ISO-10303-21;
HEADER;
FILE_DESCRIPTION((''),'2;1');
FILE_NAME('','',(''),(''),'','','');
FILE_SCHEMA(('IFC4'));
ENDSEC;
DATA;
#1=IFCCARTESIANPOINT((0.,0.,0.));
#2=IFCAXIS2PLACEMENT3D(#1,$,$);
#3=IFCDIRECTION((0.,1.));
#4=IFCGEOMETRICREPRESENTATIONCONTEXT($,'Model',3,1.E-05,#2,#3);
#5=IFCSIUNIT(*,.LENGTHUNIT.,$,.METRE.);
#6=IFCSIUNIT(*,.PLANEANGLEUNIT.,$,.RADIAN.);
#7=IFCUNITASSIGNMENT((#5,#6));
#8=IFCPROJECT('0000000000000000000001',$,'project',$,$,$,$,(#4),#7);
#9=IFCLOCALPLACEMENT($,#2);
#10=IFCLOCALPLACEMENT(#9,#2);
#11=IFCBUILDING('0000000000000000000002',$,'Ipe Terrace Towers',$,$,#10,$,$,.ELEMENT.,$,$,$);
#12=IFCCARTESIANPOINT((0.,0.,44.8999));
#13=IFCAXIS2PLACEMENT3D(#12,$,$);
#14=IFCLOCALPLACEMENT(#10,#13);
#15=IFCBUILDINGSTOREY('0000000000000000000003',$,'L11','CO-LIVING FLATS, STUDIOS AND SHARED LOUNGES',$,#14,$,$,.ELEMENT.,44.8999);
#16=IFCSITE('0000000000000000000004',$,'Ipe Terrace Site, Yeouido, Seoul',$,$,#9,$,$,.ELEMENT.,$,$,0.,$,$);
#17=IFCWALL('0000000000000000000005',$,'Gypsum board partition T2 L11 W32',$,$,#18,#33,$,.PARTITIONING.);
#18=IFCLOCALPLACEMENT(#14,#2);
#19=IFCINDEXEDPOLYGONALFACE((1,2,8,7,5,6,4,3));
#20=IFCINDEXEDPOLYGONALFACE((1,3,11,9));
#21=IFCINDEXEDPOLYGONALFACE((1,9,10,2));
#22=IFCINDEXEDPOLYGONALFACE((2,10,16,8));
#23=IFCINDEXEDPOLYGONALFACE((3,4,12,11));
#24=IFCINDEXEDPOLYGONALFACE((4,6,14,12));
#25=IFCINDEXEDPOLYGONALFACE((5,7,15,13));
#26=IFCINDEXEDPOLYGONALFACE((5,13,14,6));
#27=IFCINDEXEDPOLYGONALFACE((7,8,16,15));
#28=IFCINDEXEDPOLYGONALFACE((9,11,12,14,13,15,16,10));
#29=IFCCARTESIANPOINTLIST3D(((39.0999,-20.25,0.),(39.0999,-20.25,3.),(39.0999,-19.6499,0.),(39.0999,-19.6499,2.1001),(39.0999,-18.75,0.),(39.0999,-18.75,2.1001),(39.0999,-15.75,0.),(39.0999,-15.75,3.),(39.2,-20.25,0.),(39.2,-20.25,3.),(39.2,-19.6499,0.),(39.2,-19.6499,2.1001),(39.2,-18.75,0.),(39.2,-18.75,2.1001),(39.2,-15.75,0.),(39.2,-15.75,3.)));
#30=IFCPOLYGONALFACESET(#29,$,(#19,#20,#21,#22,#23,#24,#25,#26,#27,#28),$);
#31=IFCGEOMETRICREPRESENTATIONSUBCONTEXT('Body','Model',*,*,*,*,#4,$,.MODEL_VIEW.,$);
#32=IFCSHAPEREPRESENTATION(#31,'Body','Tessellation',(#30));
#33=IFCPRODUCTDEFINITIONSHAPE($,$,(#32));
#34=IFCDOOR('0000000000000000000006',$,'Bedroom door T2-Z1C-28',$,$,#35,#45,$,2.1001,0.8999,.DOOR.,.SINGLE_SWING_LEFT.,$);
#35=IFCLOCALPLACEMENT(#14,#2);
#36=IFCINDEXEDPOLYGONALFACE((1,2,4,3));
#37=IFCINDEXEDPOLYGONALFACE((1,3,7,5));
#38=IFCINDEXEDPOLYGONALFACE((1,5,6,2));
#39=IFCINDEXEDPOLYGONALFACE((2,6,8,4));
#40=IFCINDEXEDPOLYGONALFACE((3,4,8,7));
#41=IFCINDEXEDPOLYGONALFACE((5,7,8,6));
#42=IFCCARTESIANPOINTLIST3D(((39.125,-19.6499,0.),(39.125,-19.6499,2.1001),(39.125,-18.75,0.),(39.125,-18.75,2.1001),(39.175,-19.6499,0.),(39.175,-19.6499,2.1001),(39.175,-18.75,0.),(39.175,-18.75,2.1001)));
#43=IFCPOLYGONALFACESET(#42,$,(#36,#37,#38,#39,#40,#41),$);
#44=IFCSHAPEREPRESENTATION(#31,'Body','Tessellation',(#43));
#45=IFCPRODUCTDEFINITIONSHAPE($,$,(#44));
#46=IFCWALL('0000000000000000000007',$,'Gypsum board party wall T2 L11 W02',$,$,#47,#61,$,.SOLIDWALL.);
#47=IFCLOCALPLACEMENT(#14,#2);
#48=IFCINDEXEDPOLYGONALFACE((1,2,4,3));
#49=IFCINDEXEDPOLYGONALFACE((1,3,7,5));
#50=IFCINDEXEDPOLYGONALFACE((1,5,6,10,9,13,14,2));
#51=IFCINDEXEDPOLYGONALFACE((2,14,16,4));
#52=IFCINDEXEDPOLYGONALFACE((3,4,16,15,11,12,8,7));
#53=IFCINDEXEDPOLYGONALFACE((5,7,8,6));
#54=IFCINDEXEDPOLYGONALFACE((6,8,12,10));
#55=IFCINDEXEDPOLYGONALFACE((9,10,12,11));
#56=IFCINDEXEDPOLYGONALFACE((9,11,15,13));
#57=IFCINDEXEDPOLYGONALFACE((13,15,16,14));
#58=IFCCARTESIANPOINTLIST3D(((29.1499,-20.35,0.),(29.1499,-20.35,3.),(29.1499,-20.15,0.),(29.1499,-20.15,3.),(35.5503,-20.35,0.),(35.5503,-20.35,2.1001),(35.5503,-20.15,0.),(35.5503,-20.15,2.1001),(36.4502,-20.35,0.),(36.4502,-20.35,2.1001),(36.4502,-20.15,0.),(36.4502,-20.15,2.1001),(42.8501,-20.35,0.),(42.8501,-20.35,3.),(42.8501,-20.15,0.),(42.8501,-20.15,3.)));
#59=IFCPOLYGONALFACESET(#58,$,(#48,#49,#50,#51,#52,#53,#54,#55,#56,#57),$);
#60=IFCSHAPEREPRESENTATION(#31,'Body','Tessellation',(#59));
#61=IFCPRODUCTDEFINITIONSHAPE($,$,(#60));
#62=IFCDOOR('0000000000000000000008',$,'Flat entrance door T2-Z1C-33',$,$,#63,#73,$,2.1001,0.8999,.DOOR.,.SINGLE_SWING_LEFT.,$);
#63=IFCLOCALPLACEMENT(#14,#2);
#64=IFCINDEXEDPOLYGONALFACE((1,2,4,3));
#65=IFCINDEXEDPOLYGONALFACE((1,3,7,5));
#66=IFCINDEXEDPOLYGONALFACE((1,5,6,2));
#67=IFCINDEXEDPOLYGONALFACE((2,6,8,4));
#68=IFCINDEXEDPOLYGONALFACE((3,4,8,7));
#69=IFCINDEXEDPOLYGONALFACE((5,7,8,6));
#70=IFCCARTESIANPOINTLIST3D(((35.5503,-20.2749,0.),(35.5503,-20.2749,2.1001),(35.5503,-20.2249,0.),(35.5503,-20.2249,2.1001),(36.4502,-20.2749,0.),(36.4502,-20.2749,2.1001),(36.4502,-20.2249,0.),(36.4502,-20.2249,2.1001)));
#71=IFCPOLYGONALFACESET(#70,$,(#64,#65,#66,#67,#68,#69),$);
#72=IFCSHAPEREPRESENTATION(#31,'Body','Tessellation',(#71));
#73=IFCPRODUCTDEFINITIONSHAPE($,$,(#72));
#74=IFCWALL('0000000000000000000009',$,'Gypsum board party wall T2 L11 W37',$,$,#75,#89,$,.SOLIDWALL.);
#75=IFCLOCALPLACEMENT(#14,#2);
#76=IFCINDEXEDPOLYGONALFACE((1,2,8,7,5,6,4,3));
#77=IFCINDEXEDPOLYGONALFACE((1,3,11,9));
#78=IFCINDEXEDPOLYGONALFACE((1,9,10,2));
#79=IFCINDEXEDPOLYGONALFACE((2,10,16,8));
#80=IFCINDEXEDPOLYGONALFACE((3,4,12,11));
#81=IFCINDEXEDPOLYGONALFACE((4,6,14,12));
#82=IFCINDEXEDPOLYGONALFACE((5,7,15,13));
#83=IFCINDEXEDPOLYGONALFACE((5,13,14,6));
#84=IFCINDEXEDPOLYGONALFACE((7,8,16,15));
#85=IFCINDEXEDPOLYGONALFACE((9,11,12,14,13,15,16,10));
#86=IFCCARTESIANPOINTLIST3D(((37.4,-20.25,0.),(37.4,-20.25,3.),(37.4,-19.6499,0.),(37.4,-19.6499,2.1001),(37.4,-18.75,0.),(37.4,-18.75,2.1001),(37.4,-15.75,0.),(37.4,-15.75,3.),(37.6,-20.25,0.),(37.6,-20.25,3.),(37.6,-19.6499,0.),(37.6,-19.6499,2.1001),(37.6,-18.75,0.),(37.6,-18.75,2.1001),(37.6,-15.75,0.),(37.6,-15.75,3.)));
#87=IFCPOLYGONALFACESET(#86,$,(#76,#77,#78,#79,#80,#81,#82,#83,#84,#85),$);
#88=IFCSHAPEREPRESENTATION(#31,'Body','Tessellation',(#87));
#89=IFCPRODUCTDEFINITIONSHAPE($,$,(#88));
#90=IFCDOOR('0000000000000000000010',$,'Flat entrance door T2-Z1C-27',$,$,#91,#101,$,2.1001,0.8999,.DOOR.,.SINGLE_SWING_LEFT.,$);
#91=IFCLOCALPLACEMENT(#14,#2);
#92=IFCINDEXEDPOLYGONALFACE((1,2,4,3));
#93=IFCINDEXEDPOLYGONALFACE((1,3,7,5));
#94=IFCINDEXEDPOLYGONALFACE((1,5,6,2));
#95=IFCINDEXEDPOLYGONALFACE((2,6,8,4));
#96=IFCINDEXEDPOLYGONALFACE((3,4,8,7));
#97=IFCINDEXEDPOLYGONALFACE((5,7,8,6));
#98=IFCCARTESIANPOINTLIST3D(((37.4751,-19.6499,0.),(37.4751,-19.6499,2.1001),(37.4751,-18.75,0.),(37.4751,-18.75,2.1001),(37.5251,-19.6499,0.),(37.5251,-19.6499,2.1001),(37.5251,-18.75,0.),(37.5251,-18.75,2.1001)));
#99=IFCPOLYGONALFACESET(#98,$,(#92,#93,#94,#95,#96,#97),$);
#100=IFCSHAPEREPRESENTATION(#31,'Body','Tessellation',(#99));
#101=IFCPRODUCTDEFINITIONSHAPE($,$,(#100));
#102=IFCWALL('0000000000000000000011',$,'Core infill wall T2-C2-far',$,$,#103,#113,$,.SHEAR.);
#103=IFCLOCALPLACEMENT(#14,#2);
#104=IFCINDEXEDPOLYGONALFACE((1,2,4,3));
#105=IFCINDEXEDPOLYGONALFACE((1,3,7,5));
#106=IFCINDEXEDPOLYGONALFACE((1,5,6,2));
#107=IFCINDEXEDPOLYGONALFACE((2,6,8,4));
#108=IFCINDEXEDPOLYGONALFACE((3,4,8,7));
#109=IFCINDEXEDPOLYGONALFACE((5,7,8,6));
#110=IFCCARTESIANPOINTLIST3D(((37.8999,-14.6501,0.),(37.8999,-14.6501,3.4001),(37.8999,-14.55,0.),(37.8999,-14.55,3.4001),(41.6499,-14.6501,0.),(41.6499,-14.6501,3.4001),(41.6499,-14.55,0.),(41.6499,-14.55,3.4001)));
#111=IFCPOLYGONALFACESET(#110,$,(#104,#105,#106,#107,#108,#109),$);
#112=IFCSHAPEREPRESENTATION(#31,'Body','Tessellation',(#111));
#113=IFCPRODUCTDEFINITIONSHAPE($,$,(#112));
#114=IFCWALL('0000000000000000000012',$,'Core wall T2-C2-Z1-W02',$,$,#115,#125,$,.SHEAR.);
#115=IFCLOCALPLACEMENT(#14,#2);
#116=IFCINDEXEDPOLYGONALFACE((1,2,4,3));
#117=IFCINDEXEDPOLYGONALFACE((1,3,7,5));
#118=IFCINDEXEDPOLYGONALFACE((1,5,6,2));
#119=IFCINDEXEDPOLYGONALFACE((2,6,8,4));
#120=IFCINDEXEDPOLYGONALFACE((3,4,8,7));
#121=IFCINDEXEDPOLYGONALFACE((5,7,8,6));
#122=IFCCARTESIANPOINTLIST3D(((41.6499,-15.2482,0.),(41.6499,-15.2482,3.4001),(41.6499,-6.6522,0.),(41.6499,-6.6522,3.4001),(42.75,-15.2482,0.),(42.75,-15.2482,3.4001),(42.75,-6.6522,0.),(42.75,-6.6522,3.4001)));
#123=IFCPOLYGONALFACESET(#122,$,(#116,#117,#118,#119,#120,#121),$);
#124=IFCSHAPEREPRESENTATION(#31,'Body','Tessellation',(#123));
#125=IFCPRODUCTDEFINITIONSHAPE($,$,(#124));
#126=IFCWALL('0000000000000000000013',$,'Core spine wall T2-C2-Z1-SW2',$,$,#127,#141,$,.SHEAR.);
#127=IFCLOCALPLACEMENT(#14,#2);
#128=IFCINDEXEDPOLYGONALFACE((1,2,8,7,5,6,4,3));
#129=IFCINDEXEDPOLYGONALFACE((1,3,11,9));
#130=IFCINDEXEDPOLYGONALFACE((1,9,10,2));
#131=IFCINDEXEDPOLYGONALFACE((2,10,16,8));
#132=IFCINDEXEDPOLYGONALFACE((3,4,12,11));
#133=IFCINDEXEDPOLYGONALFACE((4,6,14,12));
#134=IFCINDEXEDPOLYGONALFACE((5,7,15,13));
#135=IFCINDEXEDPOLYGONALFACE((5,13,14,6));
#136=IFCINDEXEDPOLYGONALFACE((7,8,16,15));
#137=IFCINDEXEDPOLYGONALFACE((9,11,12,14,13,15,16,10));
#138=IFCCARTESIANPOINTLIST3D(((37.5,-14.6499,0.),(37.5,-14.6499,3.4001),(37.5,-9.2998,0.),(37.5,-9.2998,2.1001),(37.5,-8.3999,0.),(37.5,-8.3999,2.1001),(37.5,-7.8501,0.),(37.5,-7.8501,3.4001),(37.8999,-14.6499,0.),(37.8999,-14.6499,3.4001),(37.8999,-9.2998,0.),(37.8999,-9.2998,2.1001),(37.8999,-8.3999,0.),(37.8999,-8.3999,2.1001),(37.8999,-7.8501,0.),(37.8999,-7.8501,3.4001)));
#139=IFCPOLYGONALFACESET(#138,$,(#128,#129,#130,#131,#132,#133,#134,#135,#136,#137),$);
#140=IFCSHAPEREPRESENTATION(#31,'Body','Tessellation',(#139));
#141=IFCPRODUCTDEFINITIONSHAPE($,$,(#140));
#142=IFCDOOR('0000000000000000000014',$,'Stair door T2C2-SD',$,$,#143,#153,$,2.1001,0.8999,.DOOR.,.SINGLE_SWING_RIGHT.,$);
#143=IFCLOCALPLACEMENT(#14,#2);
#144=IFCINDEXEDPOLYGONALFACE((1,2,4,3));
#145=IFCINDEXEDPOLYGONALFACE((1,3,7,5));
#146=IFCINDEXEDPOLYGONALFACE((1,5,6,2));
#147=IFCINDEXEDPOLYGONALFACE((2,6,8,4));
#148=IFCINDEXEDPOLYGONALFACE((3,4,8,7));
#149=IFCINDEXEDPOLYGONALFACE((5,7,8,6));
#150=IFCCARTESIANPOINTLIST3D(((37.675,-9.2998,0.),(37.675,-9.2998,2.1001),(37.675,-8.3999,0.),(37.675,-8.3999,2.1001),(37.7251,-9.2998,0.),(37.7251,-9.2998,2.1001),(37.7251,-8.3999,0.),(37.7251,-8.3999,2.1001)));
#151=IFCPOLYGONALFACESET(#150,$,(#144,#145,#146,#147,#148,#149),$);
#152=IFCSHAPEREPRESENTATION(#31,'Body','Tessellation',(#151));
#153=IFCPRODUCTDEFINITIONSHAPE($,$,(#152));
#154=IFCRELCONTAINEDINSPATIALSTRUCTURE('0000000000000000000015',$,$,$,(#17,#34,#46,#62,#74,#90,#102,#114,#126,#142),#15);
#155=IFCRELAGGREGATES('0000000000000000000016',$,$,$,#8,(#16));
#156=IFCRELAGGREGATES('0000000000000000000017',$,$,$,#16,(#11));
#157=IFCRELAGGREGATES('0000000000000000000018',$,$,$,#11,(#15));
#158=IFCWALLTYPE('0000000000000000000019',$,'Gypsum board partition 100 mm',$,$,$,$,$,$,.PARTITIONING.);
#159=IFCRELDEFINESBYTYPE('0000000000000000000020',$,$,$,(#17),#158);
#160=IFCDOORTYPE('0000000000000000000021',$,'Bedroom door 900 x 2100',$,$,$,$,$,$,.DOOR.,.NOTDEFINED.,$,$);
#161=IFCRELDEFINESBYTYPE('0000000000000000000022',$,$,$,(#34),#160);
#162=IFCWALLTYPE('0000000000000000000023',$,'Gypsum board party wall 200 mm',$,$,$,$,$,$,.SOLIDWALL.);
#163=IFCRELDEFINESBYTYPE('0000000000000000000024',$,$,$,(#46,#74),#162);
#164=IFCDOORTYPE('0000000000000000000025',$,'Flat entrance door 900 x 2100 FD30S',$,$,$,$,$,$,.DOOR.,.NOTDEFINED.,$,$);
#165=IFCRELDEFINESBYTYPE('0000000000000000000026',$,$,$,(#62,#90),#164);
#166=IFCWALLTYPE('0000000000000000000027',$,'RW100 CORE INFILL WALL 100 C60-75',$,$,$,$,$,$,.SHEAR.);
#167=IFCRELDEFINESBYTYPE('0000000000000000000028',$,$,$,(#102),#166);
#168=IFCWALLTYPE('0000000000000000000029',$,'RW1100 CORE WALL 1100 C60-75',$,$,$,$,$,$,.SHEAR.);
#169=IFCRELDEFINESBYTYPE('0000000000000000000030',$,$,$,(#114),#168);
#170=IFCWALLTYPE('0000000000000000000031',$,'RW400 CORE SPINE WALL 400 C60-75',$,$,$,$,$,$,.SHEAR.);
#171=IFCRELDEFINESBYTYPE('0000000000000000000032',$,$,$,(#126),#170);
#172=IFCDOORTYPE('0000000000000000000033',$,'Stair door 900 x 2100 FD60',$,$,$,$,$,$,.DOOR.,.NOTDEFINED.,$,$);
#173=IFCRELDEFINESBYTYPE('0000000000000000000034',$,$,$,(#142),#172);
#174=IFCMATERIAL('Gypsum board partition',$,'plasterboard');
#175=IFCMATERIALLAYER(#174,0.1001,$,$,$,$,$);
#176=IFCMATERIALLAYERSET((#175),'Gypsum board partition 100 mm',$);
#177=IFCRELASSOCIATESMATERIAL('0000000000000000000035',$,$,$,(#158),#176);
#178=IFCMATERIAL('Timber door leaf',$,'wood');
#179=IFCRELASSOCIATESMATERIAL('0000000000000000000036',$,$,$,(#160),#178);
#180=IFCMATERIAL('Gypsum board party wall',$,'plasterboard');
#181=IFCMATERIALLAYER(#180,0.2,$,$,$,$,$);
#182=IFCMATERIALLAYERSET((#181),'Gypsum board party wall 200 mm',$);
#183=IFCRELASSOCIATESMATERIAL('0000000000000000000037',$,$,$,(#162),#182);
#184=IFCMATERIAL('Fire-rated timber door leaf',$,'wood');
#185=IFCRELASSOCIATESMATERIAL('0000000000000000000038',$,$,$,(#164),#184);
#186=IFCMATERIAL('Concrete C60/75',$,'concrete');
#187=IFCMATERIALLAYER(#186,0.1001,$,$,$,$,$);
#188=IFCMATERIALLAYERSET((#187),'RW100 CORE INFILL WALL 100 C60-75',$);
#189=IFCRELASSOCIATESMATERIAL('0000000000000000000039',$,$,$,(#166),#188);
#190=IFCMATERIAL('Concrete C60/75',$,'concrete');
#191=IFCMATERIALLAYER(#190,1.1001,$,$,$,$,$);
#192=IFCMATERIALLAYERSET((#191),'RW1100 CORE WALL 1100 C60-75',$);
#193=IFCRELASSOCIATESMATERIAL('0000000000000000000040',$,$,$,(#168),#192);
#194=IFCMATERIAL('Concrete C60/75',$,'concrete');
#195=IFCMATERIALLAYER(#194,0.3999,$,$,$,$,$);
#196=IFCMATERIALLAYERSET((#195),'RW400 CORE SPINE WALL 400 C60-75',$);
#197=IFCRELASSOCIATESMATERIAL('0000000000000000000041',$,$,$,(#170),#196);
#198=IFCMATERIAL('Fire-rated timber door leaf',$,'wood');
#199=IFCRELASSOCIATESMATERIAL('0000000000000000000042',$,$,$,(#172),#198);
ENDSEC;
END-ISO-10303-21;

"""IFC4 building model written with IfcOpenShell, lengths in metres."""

from ifc_helpers import new_model, si_unit, direction, frame, frame_2d, origin, place, context, subcontext, project, spatial, rectangle, extrude, material, layer, layer_set, type_object, element, fill, save


model = new_model("IFC4")

# Units and contexts
model_context = context("Model", 3, precision=1e-05, world=origin(), true_north=direction((0.0, 1.0)))
body_context = subcontext(model_context, "Body", "Model", "MODEL_VIEW")
ifc_project = project(units=[si_unit("LENGTHUNIT", "METRE"), si_unit("PLANEANGLEUNIT", "RADIAN")], contexts=[model_context])

# Site, building, storey
site_placement = place(None, origin())
site = spatial("IfcSite", under=ifc_project, at=site_placement, Name="Ipe Terrace Site, Yeouido, Seoul", CompositionType="ELEMENT", RefElevation=0.0)
building_placement = place(site_placement, origin())
building = spatial("IfcBuilding", under=site, at=building_placement, Name="Ipe Terrace Towers", CompositionType="ELEMENT")
storey_placement = place(building_placement, frame((0.0, 0.0, 44.8999)))
storey = spatial("IfcBuildingStorey", under=building, at=storey_placement, Name="L11", Description="CO-LIVING FLATS, STUDIOS AND SHARED LOUNGES", CompositionType="ELEMENT", Elevation=44.8999)

# Walls, openings, doors
ifc_material_1 = material(Name="Gypsum board partition", Category="plasterboard")
ifc_layer_1 = layer(ifc_material_1, 0.1001)
ifc_layer_set_1 = layer_set([ifc_layer_1], Name="Gypsum board partition 100 mm")
wall_type_1 = type_object("IfcWallType", Name="Gypsum board partition 100 mm", PredefinedType="PARTITIONING", material=ifc_layer_set_1)
wall_1_placement = place(storey_placement, frame((39.1499, -20.25, 0.0), z_axis=(0.0, 0.0, 1.0), x_axis=(0.0, 1.0, 0.0)))
wall_1 = element("IfcWall", 1, at=wall_1_placement, inside=storey, type_object=wall_type_1, Name="Gypsum board partition T2 L11 W32", PredefinedType="PARTITIONING", context=body_context, shape_type="SweptSolid", body=[
    extrude(rectangle(XDim=4.5, YDim=0.1001, at=frame_2d((2.25, 0.0))), origin(), (0.0, 0.0, 1.0), 3.0),
])
opening_1_placement = place(wall_1_placement, frame((0.6001, 0.0, 0.0)))
opening_1 = element("IfcOpeningElement", 2, at=opening_1_placement, cuts=wall_1, PredefinedType="OPENING", context=body_context, shape_type="SweptSolid", body=[
    extrude(rectangle(XDim=0.8999, YDim=2.1001, at=frame_2d((0.45, 1.05))), frame((0.0, 0.0601, 0.0), z_axis=(0.0, -1.0, 0.0), x_axis=(1.0, 0.0, 0.0)), (0.0, 0.0, 1.0), 0.1201),
])
ifc_material_2 = material(Name="Timber door leaf", Category="wood")
door_type_1 = type_object("IfcDoorType", Name="Bedroom door 900 x 2100", OperationType="NOTDEFINED", PredefinedType="DOOR", material=ifc_material_2)
door_1_placement = place(opening_1_placement, origin())
door_1 = element("IfcDoor", 3, at=door_1_placement, inside=storey, type_object=door_type_1, Name="Bedroom door T2-Z1C-28", OperationType="SINGLE_SWING_LEFT", OverallHeight=2.1001, OverallWidth=0.8999, PredefinedType="DOOR", context=body_context, shape_type="SweptSolid", body=[
    extrude(rectangle(XDim=0.8999, YDim=2.1001, at=frame_2d((0.45, 1.05))), frame((0.0, 0.0249, 0.0), z_axis=(0.0, -1.0, 0.0), x_axis=(1.0, 0.0, 0.0)), (0.0, 0.0, 1.0), 0.05),
])
fill(opening_1, door_1)
ifc_material_3 = material(Name="Gypsum board party wall", Category="plasterboard")
ifc_layer_2 = layer(ifc_material_3, 0.2)
ifc_layer_set_2 = layer_set([ifc_layer_2], Name="Gypsum board party wall 200 mm")
wall_type_2 = type_object("IfcWallType", Name="Gypsum board party wall 200 mm", PredefinedType="SOLIDWALL", material=ifc_layer_set_2)
wall_2_placement = place(storey_placement, frame((42.8501, -20.25, 0.0), z_axis=(0.0, 0.0, 1.0), x_axis=(-1.0, 0.0, 0.0)))
wall_2 = element("IfcWall", 4, at=wall_2_placement, inside=storey, type_object=wall_type_2, Name="Gypsum board party wall T2 L11 W02", PredefinedType="SOLIDWALL", context=body_context, shape_type="SweptSolid", body=[
    extrude(rectangle(XDim=13.7002, YDim=0.2, at=frame_2d((6.8501, 0.0))), origin(), (0.0, 0.0, 1.0), 3.0),
])
opening_2_placement = place(wall_2_placement, frame((6.3999, 0.0, 0.0)))
opening_2 = element("IfcOpeningElement", 5, at=opening_2_placement, cuts=wall_2, PredefinedType="OPENING", context=body_context, shape_type="SweptSolid", body=[
    extrude(rectangle(XDim=0.8999, YDim=2.1001, at=frame_2d((0.45, 1.05))), frame((0.0, 0.1099, 0.0), z_axis=(0.0, -1.0, 0.0), x_axis=(1.0, 0.0, 0.0)), (0.0, 0.0, 1.0), 0.22),
])
ifc_material_4 = material(Name="Fire-rated timber door leaf", Category="wood")
door_type_2 = type_object("IfcDoorType", Name="Flat entrance door 900 x 2100 FD30S", OperationType="NOTDEFINED", PredefinedType="DOOR", material=ifc_material_4)
door_2_placement = place(opening_2_placement, origin())
door_2 = element("IfcDoor", 6, at=door_2_placement, inside=storey, type_object=door_type_2, Name="Flat entrance door T2-Z1C-33", OperationType="SINGLE_SWING_LEFT", OverallHeight=2.1001, OverallWidth=0.8999, PredefinedType="DOOR", context=body_context, shape_type="SweptSolid", body=[
    extrude(rectangle(XDim=0.8999, YDim=2.1001, at=frame_2d((0.45, 1.05))), frame((0.0, 0.0249, 0.0), z_axis=(0.0, -1.0, 0.0), x_axis=(1.0, 0.0, 0.0)), (0.0, 0.0, 1.0), 0.05),
])
fill(opening_2, door_2)
wall_3_placement = place(storey_placement, frame((37.5, -20.25, 0.0), z_axis=(0.0, 0.0, 1.0), x_axis=(0.0, 1.0, 0.0)))
wall_3 = element("IfcWall", 7, at=wall_3_placement, inside=storey, type_object=wall_type_2, Name="Gypsum board party wall T2 L11 W37", PredefinedType="SOLIDWALL", context=body_context, shape_type="SweptSolid", body=[
    extrude(rectangle(XDim=4.5, YDim=0.2, at=frame_2d((2.25, 0.0))), origin(), (0.0, 0.0, 1.0), 3.0),
])
opening_3_placement = place(wall_3_placement, frame((0.6001, 0.0, 0.0)))
opening_3 = element("IfcOpeningElement", 8, at=opening_3_placement, cuts=wall_3, PredefinedType="OPENING", context=body_context, shape_type="SweptSolid", body=[
    extrude(rectangle(XDim=0.8999, YDim=2.1001, at=frame_2d((0.45, 1.05))), frame((0.0, 0.1099, 0.0), z_axis=(0.0, -1.0, 0.0), x_axis=(1.0, 0.0, 0.0)), (0.0, 0.0, 1.0), 0.22),
])
door_3_placement = place(opening_3_placement, origin())
door_3 = element("IfcDoor", 9, at=door_3_placement, inside=storey, type_object=door_type_2, Name="Flat entrance door T2-Z1C-27", OperationType="SINGLE_SWING_LEFT", OverallHeight=2.1001, OverallWidth=0.8999, PredefinedType="DOOR", context=body_context, shape_type="SweptSolid", body=[
    extrude(rectangle(XDim=0.8999, YDim=2.1001, at=frame_2d((0.45, 1.05))), frame((0.0, 0.0249, 0.0), z_axis=(0.0, -1.0, 0.0), x_axis=(1.0, 0.0, 0.0)), (0.0, 0.0, 1.0), 0.05),
])
fill(opening_3, door_3)

# Walls
ifc_material_5 = material(Name="Concrete C60/75", Category="concrete")
ifc_layer_3 = layer(ifc_material_5, 0.1001)
ifc_layer_set_3 = layer_set([ifc_layer_3], Name="RW100 CORE INFILL WALL 100 C60-75")
wall_type_3 = type_object("IfcWallType", Name="RW100 CORE INFILL WALL 100 C60-75", PredefinedType="SHEAR", material=ifc_layer_set_3)
wall_4_placement = place(storey_placement, frame((37.8999, -14.6001, 0.0), z_axis=(0.0, 0.0, 1.0), x_axis=(1.0, 0.0, 0.0)))
element("IfcWall", 10, at=wall_4_placement, inside=storey, type_object=wall_type_3, Name="Core infill wall T2-C2-far", PredefinedType="SHEAR", context=body_context, shape_type="SweptSolid", body=[
    extrude(rectangle(XDim=3.75, YDim=0.1001, at=frame_2d((1.875, 0.0))), origin(), (0.0, 0.0, 1.0), 3.4001),
])
ifc_material_6 = material(Name="Concrete C60/75", Category="concrete")
ifc_layer_4 = layer(ifc_material_6, 1.1001)
ifc_layer_set_4 = layer_set([ifc_layer_4], Name="RW1100 CORE WALL 1100 C60-75")
wall_type_4 = type_object("IfcWallType", Name="RW1100 CORE WALL 1100 C60-75", PredefinedType="SHEAR", material=ifc_layer_set_4)
wall_5_placement = place(storey_placement, frame((42.2, -15.248, 0.0), z_axis=(0.0, 0.0, 1.0), x_axis=(0.0, 1.0, 0.0)))
element("IfcWall", 11, at=wall_5_placement, inside=storey, type_object=wall_type_4, Name="Core wall T2-C2-Z1-W02", PredefinedType="SHEAR", context=body_context, shape_type="SweptSolid", body=[
    extrude(rectangle(XDim=8.5959, YDim=1.1001, at=frame_2d((4.2979, 0.0))), origin(), (0.0, 0.0, 1.0), 3.4001),
])

# Wall, opening, door
ifc_material_7 = material(Name="Concrete C60/75", Category="concrete")
ifc_layer_5 = layer(ifc_material_7, 0.3999)
ifc_layer_set_5 = layer_set([ifc_layer_5], Name="RW400 CORE SPINE WALL 400 C60-75")
wall_type_5 = type_object("IfcWallType", Name="RW400 CORE SPINE WALL 400 C60-75", PredefinedType="SHEAR", material=ifc_layer_set_5)
wall_6_placement = place(storey_placement, frame((37.7, -14.6499, 0.0), z_axis=(0.0, 0.0, 1.0), x_axis=(0.0, 1.0, 0.0)))
wall_6 = element("IfcWall", 12, at=wall_6_placement, inside=storey, type_object=wall_type_5, Name="Core spine wall T2-C2-Z1-SW2", PredefinedType="SHEAR", context=body_context, shape_type="SweptSolid", body=[
    extrude(rectangle(XDim=6.7998, YDim=0.3999, at=frame_2d((3.3999, 0.0))), origin(), (0.0, 0.0, 1.0), 3.4001),
])
opening_4_placement = place(wall_6_placement, frame((5.3501, 0.0, 0.0)))
opening_4 = element("IfcOpeningElement", 13, at=opening_4_placement, cuts=wall_6, PredefinedType="OPENING", context=body_context, shape_type="SweptSolid", body=[
    extrude(rectangle(XDim=0.8999, YDim=2.1001, at=frame_2d((0.45, 1.05))), frame((0.0, 0.21, 0.0), z_axis=(0.0, -1.0, 0.0), x_axis=(1.0, 0.0, 0.0)), (0.0, 0.0, 1.0), 0.4199),
])
ifc_material_8 = material(Name="Fire-rated timber door leaf", Category="wood")
door_type_3 = type_object("IfcDoorType", Name="Stair door 900 x 2100 FD60", OperationType="NOTDEFINED", PredefinedType="DOOR", material=ifc_material_8)
door_4_placement = place(opening_4_placement, origin())
door_4 = element("IfcDoor", 14, at=door_4_placement, inside=storey, type_object=door_type_3, Name="Stair door T2C2-SD", OperationType="SINGLE_SWING_RIGHT", OverallHeight=2.1001, OverallWidth=0.8999, PredefinedType="DOOR", context=body_context, shape_type="SweptSolid", body=[
    extrude(rectangle(XDim=0.8999, YDim=2.1001, at=frame_2d((0.45, 1.05))), frame((0.0, 0.0249, 0.0), z_axis=(0.0, -1.0, 0.0), x_axis=(1.0, 0.0, 0.0)), (0.0, 0.0, 1.0), 0.05),
])
fill(opening_4, door_4)

save(model, "model.ifc")
